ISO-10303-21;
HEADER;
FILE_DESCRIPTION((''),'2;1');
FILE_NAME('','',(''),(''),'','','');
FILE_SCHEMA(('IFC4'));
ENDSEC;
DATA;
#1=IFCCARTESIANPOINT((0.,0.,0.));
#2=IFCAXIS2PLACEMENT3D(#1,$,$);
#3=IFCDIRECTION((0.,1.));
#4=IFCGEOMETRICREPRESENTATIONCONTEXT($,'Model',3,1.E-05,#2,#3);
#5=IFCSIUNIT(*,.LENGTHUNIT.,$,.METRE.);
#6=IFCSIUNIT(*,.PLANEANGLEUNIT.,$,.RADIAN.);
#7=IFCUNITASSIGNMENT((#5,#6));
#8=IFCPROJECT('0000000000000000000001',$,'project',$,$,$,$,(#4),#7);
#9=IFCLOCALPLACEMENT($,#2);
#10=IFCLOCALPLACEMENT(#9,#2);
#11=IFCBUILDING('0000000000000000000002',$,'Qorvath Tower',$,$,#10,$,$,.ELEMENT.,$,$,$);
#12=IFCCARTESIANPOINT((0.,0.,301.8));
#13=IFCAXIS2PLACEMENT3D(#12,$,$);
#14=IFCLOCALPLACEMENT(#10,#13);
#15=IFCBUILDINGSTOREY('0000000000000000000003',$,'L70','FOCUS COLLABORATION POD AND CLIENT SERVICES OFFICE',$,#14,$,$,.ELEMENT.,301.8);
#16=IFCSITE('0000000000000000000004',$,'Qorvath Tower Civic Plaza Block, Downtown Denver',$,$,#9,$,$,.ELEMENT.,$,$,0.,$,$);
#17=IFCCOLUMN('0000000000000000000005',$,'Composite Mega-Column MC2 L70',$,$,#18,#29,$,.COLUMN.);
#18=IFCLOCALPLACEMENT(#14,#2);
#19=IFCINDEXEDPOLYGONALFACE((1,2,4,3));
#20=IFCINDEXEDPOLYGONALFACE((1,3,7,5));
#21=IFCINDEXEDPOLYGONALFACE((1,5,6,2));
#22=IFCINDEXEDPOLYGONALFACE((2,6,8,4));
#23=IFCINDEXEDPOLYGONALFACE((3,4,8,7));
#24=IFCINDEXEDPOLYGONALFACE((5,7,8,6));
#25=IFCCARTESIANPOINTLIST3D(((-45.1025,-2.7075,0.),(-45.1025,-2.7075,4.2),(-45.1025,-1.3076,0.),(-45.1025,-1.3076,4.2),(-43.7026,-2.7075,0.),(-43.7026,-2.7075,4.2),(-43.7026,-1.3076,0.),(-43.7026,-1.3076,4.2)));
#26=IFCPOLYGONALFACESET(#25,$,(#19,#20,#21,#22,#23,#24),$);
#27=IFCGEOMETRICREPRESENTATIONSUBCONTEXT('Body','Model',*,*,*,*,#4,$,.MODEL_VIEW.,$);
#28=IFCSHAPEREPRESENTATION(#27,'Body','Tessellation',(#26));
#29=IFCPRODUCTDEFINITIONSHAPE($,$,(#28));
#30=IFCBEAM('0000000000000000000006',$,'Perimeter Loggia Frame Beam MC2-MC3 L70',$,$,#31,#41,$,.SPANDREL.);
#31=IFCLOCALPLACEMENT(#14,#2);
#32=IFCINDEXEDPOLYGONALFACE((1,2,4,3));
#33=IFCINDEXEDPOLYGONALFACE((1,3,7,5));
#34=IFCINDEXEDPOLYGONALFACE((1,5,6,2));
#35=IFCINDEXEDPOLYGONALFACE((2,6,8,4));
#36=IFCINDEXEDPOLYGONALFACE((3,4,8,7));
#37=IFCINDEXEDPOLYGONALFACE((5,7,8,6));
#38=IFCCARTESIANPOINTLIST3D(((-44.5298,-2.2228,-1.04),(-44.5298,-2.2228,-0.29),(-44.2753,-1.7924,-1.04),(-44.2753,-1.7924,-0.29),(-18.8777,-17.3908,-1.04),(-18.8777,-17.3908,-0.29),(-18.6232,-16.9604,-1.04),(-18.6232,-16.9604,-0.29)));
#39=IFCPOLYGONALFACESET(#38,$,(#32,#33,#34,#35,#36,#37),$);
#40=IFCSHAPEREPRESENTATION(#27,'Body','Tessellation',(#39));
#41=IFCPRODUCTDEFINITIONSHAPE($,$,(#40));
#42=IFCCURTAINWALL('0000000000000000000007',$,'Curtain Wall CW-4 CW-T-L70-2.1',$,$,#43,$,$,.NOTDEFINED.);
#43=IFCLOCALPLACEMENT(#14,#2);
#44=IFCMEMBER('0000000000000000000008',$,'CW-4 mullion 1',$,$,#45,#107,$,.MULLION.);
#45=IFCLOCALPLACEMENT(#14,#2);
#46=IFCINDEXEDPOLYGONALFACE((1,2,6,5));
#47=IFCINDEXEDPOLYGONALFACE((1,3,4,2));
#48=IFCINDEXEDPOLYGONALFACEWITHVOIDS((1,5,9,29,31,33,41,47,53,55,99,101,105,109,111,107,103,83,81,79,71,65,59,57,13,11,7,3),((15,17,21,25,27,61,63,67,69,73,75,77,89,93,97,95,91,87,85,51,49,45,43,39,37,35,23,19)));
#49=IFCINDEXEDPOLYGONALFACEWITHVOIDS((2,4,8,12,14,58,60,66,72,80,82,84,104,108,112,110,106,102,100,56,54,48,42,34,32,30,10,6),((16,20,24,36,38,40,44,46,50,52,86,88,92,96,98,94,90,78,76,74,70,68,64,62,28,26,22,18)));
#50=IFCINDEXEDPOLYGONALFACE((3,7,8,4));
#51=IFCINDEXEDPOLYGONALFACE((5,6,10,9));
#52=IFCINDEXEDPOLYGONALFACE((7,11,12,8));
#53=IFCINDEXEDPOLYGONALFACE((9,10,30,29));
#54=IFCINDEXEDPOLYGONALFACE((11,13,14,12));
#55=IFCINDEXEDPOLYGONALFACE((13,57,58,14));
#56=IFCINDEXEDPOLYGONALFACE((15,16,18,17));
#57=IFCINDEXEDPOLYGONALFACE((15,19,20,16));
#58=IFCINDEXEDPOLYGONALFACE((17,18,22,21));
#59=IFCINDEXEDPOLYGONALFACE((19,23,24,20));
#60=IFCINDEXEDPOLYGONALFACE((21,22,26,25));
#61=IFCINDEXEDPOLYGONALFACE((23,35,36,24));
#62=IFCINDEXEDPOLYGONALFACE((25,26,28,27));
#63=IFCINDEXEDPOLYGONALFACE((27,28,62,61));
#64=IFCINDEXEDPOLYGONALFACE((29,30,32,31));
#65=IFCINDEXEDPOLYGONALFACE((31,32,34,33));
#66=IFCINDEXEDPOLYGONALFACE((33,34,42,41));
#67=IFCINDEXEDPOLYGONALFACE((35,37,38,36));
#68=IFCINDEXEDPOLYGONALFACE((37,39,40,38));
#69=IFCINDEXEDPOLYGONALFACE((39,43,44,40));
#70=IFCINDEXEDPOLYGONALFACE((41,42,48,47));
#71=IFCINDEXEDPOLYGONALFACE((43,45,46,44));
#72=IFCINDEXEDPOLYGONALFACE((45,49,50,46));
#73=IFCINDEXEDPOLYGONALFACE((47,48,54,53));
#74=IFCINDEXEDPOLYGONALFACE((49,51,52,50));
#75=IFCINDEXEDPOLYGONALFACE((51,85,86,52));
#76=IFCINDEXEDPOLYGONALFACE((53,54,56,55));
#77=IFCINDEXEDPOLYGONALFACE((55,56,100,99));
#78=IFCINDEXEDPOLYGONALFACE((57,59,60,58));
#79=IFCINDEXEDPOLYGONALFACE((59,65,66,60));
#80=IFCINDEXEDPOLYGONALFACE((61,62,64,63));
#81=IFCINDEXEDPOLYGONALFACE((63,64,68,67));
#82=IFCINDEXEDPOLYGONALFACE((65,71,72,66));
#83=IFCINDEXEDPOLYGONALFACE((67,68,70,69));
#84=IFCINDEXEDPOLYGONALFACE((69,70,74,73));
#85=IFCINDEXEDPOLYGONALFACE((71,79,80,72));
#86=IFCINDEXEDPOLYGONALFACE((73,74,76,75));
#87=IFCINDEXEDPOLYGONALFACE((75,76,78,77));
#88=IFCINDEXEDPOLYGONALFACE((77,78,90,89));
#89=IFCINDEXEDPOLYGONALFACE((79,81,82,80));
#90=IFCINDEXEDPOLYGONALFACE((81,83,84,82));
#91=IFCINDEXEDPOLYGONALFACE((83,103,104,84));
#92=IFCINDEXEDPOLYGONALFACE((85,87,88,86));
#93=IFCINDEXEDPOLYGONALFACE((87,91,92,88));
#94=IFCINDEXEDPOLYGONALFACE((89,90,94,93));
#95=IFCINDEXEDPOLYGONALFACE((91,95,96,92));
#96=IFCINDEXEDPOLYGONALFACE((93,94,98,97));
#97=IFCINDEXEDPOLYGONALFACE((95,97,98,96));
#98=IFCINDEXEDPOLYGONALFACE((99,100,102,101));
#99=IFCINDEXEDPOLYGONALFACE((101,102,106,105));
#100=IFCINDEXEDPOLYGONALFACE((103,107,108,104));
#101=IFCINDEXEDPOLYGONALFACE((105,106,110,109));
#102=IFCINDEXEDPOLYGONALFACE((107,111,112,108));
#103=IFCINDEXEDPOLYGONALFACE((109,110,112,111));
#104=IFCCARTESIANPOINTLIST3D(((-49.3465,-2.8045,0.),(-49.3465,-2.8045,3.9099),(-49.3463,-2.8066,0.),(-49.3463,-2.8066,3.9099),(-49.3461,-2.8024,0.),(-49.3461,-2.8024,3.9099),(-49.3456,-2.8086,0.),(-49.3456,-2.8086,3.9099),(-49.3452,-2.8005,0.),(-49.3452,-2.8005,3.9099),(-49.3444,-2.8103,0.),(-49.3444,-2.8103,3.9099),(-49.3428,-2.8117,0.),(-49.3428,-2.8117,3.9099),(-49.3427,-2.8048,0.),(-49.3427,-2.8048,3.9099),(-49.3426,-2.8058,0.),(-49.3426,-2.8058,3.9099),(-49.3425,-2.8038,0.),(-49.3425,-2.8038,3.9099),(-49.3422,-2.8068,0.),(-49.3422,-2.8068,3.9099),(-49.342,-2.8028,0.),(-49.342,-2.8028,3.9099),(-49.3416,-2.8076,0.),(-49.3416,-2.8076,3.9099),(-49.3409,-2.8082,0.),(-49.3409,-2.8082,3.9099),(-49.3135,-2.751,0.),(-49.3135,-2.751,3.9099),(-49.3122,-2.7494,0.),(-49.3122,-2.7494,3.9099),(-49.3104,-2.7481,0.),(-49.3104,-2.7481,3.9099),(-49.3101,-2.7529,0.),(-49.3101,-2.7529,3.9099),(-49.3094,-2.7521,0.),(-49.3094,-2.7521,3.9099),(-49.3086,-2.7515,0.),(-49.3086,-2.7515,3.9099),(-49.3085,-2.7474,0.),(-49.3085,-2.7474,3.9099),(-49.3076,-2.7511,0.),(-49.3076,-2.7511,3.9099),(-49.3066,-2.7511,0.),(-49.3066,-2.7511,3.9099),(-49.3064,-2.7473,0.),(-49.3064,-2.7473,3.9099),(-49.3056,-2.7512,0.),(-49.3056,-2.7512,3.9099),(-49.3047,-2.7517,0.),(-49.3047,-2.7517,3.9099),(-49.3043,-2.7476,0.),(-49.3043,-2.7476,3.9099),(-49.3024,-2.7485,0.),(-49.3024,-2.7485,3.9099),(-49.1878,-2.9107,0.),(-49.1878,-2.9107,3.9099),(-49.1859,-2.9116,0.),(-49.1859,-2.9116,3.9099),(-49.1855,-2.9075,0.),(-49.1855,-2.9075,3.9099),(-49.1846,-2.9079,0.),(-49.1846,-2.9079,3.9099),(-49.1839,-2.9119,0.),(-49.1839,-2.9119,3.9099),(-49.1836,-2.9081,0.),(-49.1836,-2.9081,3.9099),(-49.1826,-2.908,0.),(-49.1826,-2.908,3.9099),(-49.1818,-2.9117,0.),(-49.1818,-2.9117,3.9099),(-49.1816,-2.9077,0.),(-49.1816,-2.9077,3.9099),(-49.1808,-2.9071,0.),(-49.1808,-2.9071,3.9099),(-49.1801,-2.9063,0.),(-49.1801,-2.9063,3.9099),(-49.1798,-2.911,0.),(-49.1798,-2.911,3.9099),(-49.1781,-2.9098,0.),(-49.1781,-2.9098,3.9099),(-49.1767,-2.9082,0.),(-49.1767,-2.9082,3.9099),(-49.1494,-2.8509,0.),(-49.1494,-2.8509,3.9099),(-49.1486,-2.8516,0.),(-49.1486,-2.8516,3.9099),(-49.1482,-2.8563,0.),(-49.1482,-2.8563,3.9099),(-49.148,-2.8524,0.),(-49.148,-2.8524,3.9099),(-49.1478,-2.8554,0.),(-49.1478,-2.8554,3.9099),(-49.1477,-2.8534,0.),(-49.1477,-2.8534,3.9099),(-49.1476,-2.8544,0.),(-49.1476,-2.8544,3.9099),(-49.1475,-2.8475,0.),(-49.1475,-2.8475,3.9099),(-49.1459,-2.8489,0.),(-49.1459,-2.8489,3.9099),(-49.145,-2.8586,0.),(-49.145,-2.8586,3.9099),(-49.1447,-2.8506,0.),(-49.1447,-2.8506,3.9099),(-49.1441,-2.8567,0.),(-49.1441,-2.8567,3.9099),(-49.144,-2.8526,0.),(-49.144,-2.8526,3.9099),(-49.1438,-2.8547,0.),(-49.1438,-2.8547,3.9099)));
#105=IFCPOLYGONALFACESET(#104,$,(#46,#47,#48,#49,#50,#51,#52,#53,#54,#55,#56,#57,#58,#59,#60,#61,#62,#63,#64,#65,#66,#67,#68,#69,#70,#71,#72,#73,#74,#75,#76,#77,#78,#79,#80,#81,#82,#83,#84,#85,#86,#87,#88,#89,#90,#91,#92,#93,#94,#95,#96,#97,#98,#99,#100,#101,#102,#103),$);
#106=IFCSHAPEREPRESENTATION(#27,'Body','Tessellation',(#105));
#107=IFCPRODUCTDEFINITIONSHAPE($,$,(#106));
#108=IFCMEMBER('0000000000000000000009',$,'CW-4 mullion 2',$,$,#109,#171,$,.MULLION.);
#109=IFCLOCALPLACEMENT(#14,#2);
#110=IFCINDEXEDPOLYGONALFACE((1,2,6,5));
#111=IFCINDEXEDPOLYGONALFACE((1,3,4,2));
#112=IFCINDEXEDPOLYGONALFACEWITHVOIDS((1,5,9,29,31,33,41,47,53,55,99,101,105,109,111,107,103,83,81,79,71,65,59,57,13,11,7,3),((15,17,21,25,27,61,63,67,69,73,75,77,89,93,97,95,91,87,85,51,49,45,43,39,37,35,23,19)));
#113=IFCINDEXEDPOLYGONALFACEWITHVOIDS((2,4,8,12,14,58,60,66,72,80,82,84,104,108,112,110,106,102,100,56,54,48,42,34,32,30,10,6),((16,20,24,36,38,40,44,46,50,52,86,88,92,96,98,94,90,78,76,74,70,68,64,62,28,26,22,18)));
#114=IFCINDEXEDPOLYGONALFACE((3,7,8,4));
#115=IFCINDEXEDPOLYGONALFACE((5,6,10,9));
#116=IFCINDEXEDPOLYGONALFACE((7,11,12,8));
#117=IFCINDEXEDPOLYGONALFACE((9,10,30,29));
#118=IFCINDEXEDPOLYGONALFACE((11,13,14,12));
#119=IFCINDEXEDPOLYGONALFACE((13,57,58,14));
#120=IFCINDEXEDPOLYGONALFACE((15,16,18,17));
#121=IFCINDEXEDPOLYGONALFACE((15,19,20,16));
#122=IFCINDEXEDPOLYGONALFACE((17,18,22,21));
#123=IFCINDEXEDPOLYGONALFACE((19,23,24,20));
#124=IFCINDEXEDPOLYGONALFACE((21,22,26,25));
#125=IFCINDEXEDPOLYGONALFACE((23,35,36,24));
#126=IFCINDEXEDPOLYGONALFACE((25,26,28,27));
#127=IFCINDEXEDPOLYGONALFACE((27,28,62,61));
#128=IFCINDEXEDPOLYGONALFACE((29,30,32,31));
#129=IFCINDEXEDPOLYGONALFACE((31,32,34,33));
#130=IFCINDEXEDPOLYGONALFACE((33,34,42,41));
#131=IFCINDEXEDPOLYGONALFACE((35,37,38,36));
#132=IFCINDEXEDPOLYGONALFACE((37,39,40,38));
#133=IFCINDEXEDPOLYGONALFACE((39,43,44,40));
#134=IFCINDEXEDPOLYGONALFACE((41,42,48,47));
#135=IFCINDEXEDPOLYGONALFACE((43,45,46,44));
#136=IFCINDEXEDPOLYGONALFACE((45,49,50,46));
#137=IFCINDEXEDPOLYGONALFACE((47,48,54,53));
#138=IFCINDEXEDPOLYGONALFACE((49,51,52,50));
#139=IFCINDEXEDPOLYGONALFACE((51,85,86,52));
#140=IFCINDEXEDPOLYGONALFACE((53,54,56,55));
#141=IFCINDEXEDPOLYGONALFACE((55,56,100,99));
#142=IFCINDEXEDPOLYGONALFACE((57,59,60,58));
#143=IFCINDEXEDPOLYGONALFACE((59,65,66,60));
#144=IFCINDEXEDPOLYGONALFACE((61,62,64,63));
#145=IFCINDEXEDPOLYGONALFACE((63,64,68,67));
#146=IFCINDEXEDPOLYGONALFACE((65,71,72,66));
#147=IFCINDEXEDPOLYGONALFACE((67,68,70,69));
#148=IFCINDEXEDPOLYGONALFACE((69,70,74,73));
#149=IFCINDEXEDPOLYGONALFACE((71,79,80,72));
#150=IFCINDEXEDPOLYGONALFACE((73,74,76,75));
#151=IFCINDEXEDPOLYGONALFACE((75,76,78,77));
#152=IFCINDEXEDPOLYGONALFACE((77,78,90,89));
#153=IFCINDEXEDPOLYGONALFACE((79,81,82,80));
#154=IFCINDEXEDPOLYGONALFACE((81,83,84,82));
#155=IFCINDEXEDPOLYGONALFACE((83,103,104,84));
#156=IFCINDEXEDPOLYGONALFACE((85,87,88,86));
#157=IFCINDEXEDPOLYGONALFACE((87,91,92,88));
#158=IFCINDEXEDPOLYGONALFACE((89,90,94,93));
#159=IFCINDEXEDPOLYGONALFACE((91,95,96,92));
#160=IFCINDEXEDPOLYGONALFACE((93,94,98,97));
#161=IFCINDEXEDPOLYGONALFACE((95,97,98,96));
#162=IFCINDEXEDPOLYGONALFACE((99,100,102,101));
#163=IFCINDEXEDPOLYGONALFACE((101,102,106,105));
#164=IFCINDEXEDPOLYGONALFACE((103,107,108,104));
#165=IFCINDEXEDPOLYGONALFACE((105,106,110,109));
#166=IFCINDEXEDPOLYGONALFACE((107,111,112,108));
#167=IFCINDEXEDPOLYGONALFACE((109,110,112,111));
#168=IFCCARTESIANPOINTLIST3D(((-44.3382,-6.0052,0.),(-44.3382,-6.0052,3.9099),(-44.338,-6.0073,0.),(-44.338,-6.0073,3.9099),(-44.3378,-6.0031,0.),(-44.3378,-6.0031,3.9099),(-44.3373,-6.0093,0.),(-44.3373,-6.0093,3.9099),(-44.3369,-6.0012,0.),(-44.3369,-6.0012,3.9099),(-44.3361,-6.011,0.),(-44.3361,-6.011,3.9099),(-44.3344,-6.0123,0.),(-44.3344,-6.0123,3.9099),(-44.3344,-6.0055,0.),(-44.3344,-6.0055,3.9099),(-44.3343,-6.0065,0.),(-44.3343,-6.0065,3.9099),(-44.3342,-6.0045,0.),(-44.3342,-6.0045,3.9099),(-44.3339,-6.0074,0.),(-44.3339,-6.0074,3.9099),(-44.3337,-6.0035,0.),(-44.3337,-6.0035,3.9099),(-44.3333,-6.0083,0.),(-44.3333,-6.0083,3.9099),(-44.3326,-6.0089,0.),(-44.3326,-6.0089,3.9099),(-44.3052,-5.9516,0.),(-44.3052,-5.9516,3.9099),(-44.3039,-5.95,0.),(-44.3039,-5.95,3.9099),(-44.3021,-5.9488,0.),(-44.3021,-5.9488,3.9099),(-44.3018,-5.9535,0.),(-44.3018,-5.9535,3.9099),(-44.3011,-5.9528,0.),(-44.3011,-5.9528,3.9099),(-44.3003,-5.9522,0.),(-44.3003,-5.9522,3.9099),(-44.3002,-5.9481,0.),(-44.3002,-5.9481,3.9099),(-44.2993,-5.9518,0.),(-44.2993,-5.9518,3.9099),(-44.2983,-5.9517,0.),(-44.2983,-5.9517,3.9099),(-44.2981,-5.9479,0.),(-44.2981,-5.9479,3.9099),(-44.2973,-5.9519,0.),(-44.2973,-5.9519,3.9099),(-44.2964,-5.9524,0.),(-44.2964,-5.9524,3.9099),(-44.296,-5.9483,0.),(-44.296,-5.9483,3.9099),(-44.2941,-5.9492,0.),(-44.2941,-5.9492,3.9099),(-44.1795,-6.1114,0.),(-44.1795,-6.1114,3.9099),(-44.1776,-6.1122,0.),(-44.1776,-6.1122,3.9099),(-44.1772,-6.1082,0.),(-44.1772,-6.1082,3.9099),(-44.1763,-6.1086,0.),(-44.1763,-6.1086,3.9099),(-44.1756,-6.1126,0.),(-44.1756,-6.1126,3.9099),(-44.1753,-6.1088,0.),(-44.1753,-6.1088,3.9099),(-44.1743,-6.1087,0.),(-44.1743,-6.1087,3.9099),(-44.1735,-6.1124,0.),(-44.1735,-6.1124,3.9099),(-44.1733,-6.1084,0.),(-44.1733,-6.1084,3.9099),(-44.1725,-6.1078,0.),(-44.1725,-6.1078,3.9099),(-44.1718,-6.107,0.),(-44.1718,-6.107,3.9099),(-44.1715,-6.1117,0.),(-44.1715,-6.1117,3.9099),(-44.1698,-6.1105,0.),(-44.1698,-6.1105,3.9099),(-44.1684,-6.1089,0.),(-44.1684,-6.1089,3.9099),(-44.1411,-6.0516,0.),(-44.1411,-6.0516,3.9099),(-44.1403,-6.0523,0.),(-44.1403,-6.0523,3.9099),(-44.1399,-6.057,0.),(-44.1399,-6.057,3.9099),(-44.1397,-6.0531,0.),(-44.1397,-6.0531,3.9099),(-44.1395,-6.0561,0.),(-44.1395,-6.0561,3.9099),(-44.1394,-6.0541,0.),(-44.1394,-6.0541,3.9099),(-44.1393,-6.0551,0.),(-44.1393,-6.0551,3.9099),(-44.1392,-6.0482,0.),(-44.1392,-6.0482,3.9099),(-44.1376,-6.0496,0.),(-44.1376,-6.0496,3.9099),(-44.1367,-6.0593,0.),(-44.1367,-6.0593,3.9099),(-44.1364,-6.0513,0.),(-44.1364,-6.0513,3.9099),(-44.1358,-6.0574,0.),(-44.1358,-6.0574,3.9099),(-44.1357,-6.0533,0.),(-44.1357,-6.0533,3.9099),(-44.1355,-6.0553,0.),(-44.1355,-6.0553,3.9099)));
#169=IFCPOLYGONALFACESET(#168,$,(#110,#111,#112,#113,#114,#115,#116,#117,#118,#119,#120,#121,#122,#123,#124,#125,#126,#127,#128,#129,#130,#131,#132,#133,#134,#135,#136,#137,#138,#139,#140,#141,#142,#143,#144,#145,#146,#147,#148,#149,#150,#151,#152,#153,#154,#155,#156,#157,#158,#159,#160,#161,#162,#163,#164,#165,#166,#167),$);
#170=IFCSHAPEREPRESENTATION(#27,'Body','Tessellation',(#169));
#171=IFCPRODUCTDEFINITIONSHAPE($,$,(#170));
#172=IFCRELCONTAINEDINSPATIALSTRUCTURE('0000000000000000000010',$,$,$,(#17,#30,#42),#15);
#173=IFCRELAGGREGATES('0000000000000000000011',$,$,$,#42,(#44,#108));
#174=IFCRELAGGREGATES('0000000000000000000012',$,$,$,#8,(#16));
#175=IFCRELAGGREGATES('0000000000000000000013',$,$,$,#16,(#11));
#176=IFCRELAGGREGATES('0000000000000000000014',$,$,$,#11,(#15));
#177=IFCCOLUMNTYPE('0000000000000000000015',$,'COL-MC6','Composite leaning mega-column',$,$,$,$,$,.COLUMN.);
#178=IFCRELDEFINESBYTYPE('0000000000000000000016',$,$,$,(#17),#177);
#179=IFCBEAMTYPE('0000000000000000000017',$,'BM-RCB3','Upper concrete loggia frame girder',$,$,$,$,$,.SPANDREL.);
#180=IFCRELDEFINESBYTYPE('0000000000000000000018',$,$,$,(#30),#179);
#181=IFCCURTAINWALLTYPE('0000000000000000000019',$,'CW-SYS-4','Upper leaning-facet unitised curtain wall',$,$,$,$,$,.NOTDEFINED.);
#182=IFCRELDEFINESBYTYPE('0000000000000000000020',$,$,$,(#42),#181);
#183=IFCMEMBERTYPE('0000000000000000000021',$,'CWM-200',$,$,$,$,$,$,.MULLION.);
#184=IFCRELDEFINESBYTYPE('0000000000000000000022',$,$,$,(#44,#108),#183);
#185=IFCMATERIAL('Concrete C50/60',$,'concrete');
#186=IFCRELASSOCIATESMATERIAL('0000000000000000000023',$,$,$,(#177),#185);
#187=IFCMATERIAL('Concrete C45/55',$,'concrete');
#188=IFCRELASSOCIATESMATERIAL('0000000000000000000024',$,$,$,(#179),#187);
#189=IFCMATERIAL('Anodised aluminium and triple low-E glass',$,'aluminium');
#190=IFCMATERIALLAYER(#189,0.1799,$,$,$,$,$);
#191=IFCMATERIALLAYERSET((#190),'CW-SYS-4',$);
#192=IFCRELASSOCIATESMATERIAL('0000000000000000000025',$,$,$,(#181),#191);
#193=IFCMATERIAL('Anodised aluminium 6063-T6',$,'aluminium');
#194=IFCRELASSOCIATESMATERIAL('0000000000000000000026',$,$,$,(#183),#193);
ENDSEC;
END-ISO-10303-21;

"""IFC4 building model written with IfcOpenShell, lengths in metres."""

from ifc_helpers import new_model, si_unit, direction, frame, origin, origin_2d, place, context, subcontext, project, spatial, rectangle, hollow_rectangle, extrude, material, layer, layer_set, material_profile, profile_set, type_object, element, aggregate, save


model = new_model("IFC4")

# Units and contexts
model_context = context("Model", 3, precision=1e-05, world=origin(), true_north=direction((0.0, 1.0)))
body_context = subcontext(model_context, "Body", "Model", "MODEL_VIEW")
ifc_project = project(units=[si_unit("LENGTHUNIT", "METRE"), si_unit("PLANEANGLEUNIT", "RADIAN")], contexts=[model_context])

# Site, building, storey
site_placement = place(None, origin())
site = spatial("IfcSite", under=ifc_project, at=site_placement, Name="Qorvath Tower Civic Plaza Block, Downtown Denver", CompositionType="ELEMENT", RefElevation=0.0)
building_placement = place(site_placement, origin())
building = spatial("IfcBuilding", under=site, at=building_placement, Name="Qorvath Tower", CompositionType="ELEMENT")
storey_placement = place(building_placement, frame((0.0, 0.0, 301.8)))
storey = spatial("IfcBuildingStorey", under=building, at=storey_placement, Name="L70", Description="FOCUS COLLABORATION POD AND CLIENT SERVICES OFFICE", CompositionType="ELEMENT", Elevation=301.8)

# Column
ifc_material_1 = material(Name="Concrete C50/60", Category="concrete")
ifc_material_profile_1 = material_profile(ifc_material_1, rectangle(XDim=1.3999, YDim=1.3999, at=origin_2d()), Name="MC 1400x1400")
ifc_profile_set_1 = profile_set([ifc_material_profile_1], Name="Concrete C50/60")
column_type = type_object("IfcColumnType", Name="COL-MC6", Description="Composite leaning mega-column", PredefinedType="COLUMN", material=ifc_profile_set_1)
column_placement = place(storey_placement, frame((-44.4026, -2.0076, 0.0), z_axis=(0.0, 0.0, 1.0), x_axis=(1.0, 0.0, 0.0)))
element("IfcColumn", 1, at=column_placement, inside=storey, type_object=column_type, Name="Composite Mega-Column MC2 L70", PredefinedType="COLUMN", context=body_context, shape_type="SweptSolid", body=[
    extrude(rectangle(XDim=1.3999, YDim=1.3999, at=origin_2d()), origin(), (0.0, 0.0, 1.0), 4.2),
])

# Beam
ifc_material_2 = material(Name="Concrete C45/55", Category="concrete")
ifc_material_profile_2 = material_profile(ifc_material_2, rectangle(XDim=0.5, YDim=0.75, at=origin_2d()), Name="RCB 750x500")
ifc_profile_set_2 = profile_set([ifc_material_profile_2], Name="Concrete C45/55")
beam_type = type_object("IfcBeamType", Name="BM-RCB3", Description="Upper concrete loggia frame girder", PredefinedType="SPANDREL", material=ifc_profile_set_2)
beam_placement = place(storey_placement, frame((-44.4026, -2.0076, -0.665), z_axis=(0.860781, -0.508976, 0.0), x_axis=(0.508976, 0.860781, 0.0)))
element("IfcBeam", 2, at=beam_placement, inside=storey, type_object=beam_type, Name="Perimeter Loggia Frame Beam MC2-MC3 L70", PredefinedType="SPANDREL", context=body_context, shape_type="SweptSolid", body=[
    extrude(rectangle(XDim=0.5, YDim=0.75, at=origin_2d()), origin(), (0.0, 0.0, 1.0), 29.801),
])

# Curtain wall, members
ifc_material_3 = material(Name="Anodised aluminium and triple low-E glass", Category="aluminium")
ifc_layer_1 = layer(ifc_material_3, 0.1799)
ifc_layer_set_1 = layer_set([ifc_layer_1], Name="CW-SYS-4")
curtain_wall_type = type_object("IfcCurtainWallType", Name="CW-SYS-4", Description="Upper leaning-facet unitised curtain wall", PredefinedType="NOTDEFINED", material=ifc_layer_set_1)
curtain_wall_placement = place(storey_placement, origin())
curtain_wall = element("IfcCurtainWall", 3, at=curtain_wall_placement, inside=storey, type_object=curtain_wall_type, Name="Curtain Wall CW-4 CW-T-L70-2.1", PredefinedType="NOTDEFINED")
ifc_material_4 = material(Name="Anodised aluminium 6063-T6", Category="aluminium")
ifc_material_profile_3 = material_profile(ifc_material_4, hollow_rectangle(XDim=0.075, YDim=0.2, WallThickness=0.0039, InnerFilletRadius=0.0039, OuterFilletRadius=0.0081, at=origin_2d()), Name="CWM 200x75")
ifc_profile_set_3 = profile_set([ifc_material_profile_3], Name="Anodised aluminium 6063-T6")
member_type_1 = type_object("IfcMemberType", Name="CWM-200", PredefinedType="MULLION", material=ifc_profile_set_3)
member_1_placement = place(storey_placement, frame((-49.2451, -2.8296, 0.0), z_axis=(0.0, 0.0, 1.0), x_axis=(0.538527, 0.842608, 0.0)))
member_1 = element("IfcMember", 4, at=member_1_placement, type_object=member_type_1, Name="CW-4 mullion 1", PredefinedType="MULLION", context=body_context, shape_type="SweptSolid", body=[
    extrude(hollow_rectangle(XDim=0.075, YDim=0.2, WallThickness=0.0039, InnerFilletRadius=0.0039, OuterFilletRadius=0.0081, at=origin_2d()), origin(), (0.0, 0.0, 1.0), 3.9099),
])
member_2_placement = place(storey_placement, frame((-44.2368, -6.0303, 0.0), z_axis=(0.0, 0.0, 1.0), x_axis=(0.538527, 0.842608, 0.0)))
member_2 = element("IfcMember", 5, at=member_2_placement, type_object=member_type_1, Name="CW-4 mullion 2", PredefinedType="MULLION", context=body_context, shape_type="SweptSolid", body=[
    extrude(hollow_rectangle(XDim=0.075, YDim=0.2, WallThickness=0.0039, InnerFilletRadius=0.0039, OuterFilletRadius=0.0081, at=origin_2d()), origin(), (0.0, 0.0, 1.0), 3.9099),
])

aggregate(curtain_wall, [member_1, member_2])

save(model, "model.ifc")
